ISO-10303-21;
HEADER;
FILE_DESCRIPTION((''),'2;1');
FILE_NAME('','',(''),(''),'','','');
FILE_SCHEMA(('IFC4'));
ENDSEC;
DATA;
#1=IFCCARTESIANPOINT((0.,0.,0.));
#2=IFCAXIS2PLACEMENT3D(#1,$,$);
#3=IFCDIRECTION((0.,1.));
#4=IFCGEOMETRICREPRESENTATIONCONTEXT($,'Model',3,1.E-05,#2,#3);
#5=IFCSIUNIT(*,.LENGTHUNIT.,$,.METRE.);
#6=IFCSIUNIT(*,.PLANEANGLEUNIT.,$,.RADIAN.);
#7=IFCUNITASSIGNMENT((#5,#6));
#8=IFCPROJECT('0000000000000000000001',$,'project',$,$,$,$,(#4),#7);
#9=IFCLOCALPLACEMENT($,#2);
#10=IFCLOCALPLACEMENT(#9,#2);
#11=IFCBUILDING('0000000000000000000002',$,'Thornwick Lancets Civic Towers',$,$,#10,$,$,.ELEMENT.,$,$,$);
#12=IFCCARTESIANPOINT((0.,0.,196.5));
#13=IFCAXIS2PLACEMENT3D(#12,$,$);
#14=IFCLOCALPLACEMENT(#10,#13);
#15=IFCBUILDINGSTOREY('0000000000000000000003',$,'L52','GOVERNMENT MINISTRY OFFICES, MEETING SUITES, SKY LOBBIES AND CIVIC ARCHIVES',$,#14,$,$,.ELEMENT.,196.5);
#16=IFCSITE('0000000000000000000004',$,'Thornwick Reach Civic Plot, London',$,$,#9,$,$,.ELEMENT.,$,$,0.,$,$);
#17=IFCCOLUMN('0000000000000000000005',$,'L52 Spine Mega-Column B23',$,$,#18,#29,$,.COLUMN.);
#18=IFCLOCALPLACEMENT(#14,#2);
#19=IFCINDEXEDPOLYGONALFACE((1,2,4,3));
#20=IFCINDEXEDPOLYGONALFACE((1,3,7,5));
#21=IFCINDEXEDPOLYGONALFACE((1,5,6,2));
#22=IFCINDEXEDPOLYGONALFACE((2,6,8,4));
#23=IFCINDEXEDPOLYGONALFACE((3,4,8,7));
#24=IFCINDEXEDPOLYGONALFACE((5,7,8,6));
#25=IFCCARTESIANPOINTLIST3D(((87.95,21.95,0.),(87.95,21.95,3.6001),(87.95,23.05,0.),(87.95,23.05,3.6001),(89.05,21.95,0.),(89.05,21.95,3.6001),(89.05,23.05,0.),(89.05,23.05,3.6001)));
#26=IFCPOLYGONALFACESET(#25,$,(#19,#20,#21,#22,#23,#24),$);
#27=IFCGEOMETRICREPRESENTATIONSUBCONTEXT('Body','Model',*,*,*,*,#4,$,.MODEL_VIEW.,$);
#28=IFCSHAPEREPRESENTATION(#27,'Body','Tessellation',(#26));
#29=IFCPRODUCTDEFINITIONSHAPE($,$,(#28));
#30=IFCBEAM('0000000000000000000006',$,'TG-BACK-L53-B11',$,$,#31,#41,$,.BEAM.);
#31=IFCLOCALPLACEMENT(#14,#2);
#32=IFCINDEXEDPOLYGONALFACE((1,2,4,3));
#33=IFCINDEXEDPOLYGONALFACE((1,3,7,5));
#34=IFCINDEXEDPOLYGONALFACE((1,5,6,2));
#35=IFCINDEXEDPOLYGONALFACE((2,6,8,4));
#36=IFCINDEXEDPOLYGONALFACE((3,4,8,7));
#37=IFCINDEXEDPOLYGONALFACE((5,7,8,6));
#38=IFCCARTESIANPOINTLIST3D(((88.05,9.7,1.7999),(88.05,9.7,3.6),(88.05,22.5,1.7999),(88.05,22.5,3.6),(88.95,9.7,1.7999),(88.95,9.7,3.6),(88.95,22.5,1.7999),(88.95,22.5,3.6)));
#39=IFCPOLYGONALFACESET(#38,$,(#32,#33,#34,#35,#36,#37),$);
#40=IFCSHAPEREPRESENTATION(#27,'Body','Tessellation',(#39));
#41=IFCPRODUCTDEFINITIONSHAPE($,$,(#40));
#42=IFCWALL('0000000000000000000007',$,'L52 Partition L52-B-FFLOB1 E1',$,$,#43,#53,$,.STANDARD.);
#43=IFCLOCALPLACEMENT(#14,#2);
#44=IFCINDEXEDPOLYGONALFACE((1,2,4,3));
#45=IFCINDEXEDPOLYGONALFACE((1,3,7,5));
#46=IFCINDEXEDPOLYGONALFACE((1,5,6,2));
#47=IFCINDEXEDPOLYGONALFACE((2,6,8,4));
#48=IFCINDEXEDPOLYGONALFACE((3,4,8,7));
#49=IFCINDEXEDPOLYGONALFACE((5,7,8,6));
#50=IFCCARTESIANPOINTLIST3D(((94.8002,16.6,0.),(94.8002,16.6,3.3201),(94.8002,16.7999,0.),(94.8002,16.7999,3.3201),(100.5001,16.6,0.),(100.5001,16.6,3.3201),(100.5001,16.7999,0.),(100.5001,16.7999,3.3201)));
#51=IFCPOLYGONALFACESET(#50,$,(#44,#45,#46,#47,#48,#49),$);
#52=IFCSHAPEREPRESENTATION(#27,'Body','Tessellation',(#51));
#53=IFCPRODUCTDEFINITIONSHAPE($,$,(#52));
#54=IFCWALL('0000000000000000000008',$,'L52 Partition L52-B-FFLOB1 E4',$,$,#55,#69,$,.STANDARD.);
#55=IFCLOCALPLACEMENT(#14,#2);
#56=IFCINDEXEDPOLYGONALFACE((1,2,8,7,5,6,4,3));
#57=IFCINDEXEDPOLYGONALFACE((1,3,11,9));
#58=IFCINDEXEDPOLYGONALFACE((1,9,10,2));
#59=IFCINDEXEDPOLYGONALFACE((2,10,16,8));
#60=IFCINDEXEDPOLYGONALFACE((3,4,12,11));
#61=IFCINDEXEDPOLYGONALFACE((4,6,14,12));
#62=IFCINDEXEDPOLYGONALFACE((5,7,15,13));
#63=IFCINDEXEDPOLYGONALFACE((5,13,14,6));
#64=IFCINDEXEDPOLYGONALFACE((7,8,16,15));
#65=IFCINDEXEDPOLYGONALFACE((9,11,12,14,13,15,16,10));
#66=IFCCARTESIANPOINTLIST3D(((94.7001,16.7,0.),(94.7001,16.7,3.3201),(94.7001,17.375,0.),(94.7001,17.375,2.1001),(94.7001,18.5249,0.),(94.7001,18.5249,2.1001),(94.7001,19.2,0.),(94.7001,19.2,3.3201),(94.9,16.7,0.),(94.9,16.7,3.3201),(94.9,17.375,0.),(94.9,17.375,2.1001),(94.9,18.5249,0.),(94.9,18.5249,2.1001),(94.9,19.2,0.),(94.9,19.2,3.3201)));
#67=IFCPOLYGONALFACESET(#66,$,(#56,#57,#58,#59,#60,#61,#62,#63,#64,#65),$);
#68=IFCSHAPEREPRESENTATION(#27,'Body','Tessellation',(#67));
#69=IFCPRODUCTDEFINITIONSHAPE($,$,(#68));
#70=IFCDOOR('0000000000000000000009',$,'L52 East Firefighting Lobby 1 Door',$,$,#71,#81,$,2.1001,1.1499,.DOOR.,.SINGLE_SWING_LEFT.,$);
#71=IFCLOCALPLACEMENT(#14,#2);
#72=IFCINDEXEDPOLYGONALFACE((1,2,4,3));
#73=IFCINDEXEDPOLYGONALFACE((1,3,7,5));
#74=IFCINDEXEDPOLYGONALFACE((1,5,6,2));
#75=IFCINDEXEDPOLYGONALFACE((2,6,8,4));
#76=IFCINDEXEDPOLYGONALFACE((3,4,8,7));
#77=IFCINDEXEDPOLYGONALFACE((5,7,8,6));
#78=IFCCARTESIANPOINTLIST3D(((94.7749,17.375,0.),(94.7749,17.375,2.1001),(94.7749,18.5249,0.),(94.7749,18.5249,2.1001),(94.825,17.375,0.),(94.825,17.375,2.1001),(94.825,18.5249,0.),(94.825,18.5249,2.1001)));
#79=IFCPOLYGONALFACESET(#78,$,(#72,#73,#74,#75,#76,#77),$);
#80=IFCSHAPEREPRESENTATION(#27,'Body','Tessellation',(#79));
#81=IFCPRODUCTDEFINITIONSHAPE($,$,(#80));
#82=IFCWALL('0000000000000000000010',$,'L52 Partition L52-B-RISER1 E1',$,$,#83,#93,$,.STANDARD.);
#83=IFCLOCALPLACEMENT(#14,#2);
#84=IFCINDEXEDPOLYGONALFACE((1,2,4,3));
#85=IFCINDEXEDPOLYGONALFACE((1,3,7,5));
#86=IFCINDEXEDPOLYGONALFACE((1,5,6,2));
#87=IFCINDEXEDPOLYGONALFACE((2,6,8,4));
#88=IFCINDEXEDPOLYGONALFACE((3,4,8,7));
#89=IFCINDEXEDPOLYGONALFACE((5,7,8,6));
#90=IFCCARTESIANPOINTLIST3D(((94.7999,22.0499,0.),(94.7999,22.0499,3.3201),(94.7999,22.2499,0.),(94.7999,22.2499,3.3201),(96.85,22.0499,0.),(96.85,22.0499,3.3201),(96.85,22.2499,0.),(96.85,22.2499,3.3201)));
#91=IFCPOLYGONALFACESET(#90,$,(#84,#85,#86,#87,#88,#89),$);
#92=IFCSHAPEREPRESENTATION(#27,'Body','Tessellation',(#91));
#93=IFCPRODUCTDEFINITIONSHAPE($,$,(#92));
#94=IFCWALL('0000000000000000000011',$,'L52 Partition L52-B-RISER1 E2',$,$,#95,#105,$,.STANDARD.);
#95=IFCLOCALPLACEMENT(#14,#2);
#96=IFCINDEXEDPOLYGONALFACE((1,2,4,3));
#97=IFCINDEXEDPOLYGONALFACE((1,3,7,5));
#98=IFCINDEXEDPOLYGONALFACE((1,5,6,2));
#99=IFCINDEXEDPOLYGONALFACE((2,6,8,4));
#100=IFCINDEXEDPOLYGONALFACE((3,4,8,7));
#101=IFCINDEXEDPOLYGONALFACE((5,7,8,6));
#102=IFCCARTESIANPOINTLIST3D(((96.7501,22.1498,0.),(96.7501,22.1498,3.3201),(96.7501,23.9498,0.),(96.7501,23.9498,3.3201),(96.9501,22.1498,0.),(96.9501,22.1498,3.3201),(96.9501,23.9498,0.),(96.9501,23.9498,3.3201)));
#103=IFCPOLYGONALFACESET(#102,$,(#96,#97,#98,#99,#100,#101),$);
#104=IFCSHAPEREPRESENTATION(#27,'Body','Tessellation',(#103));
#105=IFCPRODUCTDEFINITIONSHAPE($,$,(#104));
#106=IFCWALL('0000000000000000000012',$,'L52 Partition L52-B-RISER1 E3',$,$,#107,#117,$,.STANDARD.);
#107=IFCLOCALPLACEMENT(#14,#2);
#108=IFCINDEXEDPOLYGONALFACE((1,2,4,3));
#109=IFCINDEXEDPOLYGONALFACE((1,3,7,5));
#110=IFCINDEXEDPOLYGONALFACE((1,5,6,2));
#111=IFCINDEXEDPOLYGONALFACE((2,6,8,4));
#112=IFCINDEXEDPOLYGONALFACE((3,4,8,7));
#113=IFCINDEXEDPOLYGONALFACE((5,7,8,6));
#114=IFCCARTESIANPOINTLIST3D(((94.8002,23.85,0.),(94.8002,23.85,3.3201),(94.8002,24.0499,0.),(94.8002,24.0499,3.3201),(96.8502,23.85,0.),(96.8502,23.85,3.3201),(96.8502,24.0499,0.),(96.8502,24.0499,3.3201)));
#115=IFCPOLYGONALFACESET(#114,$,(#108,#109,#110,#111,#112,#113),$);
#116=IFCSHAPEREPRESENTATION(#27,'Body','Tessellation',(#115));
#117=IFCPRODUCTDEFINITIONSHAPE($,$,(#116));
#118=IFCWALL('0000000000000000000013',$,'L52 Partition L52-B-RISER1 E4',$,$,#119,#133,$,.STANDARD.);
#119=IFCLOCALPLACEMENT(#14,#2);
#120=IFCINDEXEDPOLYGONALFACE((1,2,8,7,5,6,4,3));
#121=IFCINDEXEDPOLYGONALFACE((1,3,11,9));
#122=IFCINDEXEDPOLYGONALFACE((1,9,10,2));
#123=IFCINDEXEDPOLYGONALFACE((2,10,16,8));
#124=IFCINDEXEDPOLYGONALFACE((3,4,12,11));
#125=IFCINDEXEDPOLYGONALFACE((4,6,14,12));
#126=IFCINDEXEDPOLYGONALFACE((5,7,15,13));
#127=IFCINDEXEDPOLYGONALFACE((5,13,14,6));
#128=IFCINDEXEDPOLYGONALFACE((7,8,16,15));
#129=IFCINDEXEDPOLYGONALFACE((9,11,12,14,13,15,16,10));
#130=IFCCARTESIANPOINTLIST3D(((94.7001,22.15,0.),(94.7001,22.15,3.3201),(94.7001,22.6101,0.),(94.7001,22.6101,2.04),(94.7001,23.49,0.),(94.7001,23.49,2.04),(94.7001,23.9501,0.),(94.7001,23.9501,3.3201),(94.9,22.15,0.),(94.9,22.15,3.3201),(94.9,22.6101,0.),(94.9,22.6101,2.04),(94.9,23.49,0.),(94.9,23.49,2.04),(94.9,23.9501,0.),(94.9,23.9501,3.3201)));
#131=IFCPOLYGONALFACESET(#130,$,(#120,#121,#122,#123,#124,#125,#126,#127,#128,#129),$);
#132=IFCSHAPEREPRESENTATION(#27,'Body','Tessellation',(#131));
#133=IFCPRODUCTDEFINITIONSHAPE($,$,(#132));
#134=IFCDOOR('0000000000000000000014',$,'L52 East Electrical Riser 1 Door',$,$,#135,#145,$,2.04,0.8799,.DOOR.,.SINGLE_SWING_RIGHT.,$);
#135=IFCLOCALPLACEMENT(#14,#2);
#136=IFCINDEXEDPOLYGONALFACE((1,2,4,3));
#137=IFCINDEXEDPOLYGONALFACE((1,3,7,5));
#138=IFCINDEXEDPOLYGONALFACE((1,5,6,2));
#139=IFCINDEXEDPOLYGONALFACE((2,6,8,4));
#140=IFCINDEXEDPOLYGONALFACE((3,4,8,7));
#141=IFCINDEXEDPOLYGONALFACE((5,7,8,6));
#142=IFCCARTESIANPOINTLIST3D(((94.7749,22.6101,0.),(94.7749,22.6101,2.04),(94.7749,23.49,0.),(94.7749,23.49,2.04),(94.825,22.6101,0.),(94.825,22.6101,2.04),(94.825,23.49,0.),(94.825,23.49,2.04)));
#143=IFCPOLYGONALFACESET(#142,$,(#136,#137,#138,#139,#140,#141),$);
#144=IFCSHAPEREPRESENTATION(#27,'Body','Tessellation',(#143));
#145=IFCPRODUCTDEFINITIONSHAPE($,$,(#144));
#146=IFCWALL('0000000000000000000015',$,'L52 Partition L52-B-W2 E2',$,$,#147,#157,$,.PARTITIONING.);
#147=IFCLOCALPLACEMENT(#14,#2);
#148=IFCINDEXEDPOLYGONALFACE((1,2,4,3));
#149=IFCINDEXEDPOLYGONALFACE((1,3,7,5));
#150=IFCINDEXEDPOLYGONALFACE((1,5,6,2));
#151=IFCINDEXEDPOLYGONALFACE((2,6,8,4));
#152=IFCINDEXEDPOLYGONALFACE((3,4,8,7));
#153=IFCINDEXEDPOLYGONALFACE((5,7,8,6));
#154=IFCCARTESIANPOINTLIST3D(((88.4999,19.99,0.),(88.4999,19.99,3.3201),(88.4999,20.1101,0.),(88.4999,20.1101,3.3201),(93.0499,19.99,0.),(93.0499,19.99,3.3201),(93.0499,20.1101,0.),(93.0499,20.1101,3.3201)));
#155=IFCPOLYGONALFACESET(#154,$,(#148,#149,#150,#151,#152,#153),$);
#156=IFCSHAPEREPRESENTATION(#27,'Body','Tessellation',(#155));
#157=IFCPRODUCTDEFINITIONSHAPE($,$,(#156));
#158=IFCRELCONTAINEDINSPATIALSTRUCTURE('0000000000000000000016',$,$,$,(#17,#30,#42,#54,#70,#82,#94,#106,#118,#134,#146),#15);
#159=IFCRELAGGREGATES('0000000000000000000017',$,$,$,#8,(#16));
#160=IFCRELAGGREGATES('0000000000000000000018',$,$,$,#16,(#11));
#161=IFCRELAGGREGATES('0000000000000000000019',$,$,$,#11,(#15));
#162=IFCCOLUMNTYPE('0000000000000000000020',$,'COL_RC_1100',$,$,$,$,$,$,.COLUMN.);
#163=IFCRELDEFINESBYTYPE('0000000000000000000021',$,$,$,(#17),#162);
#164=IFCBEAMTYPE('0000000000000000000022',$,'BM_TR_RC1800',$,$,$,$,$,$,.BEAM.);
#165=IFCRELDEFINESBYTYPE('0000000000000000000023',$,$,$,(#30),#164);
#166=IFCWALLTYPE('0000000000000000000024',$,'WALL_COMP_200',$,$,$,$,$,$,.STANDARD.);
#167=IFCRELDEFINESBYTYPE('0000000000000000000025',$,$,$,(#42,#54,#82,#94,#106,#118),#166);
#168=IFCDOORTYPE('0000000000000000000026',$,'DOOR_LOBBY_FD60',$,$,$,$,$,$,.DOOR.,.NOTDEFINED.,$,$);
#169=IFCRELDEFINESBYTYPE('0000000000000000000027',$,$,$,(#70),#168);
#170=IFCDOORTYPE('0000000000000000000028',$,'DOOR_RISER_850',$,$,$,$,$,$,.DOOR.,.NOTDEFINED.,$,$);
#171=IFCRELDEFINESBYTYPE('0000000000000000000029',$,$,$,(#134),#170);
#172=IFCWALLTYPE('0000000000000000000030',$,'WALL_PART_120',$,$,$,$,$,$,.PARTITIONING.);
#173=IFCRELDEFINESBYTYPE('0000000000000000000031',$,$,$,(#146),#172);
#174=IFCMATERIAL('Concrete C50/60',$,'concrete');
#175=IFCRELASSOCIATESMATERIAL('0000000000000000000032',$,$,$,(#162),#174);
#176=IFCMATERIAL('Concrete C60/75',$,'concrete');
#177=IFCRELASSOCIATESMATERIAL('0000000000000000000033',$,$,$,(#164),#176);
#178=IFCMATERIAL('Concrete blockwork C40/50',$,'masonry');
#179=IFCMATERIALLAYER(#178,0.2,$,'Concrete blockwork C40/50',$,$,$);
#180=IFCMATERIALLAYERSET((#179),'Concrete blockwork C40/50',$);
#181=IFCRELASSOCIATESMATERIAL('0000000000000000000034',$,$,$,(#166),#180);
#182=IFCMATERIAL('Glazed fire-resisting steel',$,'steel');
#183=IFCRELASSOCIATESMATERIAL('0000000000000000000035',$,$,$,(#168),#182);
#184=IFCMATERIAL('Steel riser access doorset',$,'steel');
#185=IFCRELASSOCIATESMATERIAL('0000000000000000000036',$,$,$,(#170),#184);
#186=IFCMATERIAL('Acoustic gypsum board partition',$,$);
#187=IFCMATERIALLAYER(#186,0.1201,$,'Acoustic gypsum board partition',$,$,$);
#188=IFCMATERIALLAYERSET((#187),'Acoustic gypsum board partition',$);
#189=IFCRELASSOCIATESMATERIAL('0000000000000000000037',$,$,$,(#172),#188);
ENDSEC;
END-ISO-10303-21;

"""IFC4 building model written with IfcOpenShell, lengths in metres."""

from ifc_helpers import new_model, si_unit, direction, frame, frame_2d, origin, origin_2d, place, context, subcontext, project, spatial, rectangle, extrude, material, layer, layer_set, material_profile, profile_set, type_object, element, fill, save


model = new_model("IFC4")

# Units and contexts
model_context = context("Model", 3, precision=1e-05, world=origin(), true_north=direction((0.0, 1.0)))
body_context = subcontext(model_context, "Body", "Model", "MODEL_VIEW")
ifc_project = project(units=[si_unit("LENGTHUNIT", "METRE"), si_unit("PLANEANGLEUNIT", "RADIAN")], contexts=[model_context])

# Site, building, storey
site_placement = place(None, origin())
site = spatial("IfcSite", under=ifc_project, at=site_placement, Name="Thornwick Reach Civic Plot, London", CompositionType="ELEMENT", RefElevation=0.0)
building_placement = place(site_placement, origin())
building = spatial("IfcBuilding", under=site, at=building_placement, Name="Thornwick Lancets Civic Towers", CompositionType="ELEMENT")
storey_placement = place(building_placement, frame((0.0, 0.0, 196.5)))
storey = spatial("IfcBuildingStorey", under=building, at=storey_placement, Name="L52", Description="GOVERNMENT MINISTRY OFFICES, MEETING SUITES, SKY LOBBIES AND CIVIC ARCHIVES", CompositionType="ELEMENT", Elevation=196.5)

# Column
ifc_material_1 = material(Name="Concrete C50/60", Category="concrete")
ifc_material_profile_1 = material_profile(ifc_material_1, rectangle(XDim=1.1001, YDim=1.1001, at=origin_2d()), Name="RC 1100x1100")
ifc_profile_set_1 = profile_set([ifc_material_profile_1], Name="Concrete C50/60")
column_type = type_object("IfcColumnType", Name="COL_RC_1100", PredefinedType="COLUMN", material=ifc_profile_set_1)
column_placement = place(storey_placement, frame((88.5, 22.5, 0.0), z_axis=(0.0, 0.0, 1.0), x_axis=(1.0, 0.0, 0.0)))
element("IfcColumn", 1, at=column_placement, inside=storey, type_object=column_type, Name="L52 Spine Mega-Column B23", PredefinedType="COLUMN", context=body_context, shape_type="SweptSolid", body=[
    extrude(rectangle(XDim=1.1001, YDim=1.1001, at=origin_2d()), origin(), (0.0, 0.0, 1.0), 3.6001),
])

# Beam
ifc_material_2 = material(Name="Concrete C60/75", Category="concrete")
ifc_material_profile_2 = material_profile(ifc_material_2, rectangle(XDim=0.8999, YDim=1.8, at=origin_2d()), Name="RC 900x1800")
ifc_profile_set_2 = profile_set([ifc_material_profile_2], Name="Concrete C60/75")
beam_type = type_object("IfcBeamType", Name="BM_TR_RC1800", PredefinedType="BEAM", material=ifc_profile_set_2)
beam_placement = place(storey_placement, frame((88.5, 22.5, 2.7), z_axis=(0.0, -1.0, 0.0), x_axis=(1.0, 0.0, 0.0)))
element("IfcBeam", 2, at=beam_placement, inside=storey, type_object=beam_type, Name="TG-BACK-L53-B11", PredefinedType="BEAM", context=body_context, shape_type="SweptSolid", body=[
    extrude(rectangle(XDim=0.8999, YDim=1.8, at=origin_2d()), origin(), (0.0, 0.0, 1.0), 12.8),
])

# Wall
ifc_material_3 = material(Name="Concrete blockwork C40/50", Category="masonry")
ifc_layer_1 = layer(ifc_material_3, 0.2, Name="Concrete blockwork C40/50")
ifc_layer_set_1 = layer_set([ifc_layer_1], Name="Concrete blockwork C40/50")
wall_type_1 = type_object("IfcWallType", Name="WALL_COMP_200", PredefinedType="STANDARD", material=ifc_layer_set_1)
wall_1_placement = place(storey_placement, frame((94.8, 16.7, 0.0), z_axis=(0.0, 0.0, 1.0), x_axis=(1.0, 0.0, 0.0)))
element("IfcWall", 3, at=wall_1_placement, inside=storey, type_object=wall_type_1, Name="L52 Partition L52-B-FFLOB1 E1", PredefinedType="STANDARD", context=body_context, shape_type="SweptSolid", body=[
    extrude(rectangle(XDim=5.7, YDim=0.2, at=frame_2d((2.8501, 0.0))), origin(), (0.0, 0.0, 1.0), 3.3201),
])

# Wall, opening, door
wall_2_placement = place(storey_placement, frame((94.8, 19.2, 0.0), z_axis=(0.0, 0.0, 1.0), x_axis=(0.0, -1.0, 0.0)))
wall_2 = element("IfcWall", 4, at=wall_2_placement, inside=storey, type_object=wall_type_1, Name="L52 Partition L52-B-FFLOB1 E4", PredefinedType="STANDARD", context=body_context, shape_type="SweptSolid", body=[
    extrude(rectangle(XDim=2.5, YDim=0.2, at=frame_2d((1.25, 0.0))), origin(), (0.0, 0.0, 1.0), 3.3201),
])
opening_1_placement = place(wall_2_placement, frame((0.675, 0.0, 0.0)))
opening_1 = element("IfcOpeningElement", 5, at=opening_1_placement, cuts=wall_2, PredefinedType="OPENING", context=body_context, shape_type="SweptSolid", body=[
    extrude(rectangle(XDim=1.1499, YDim=2.1001, at=frame_2d((0.575, 1.05))), frame((0.0, 0.1099, 0.0), z_axis=(0.0, -1.0, 0.0), x_axis=(1.0, 0.0, 0.0)), (0.0, 0.0, 1.0), 0.22),
])
ifc_material_4 = material(Name="Glazed fire-resisting steel", Category="steel")
door_type_1 = type_object("IfcDoorType", Name="DOOR_LOBBY_FD60", OperationType="NOTDEFINED", PredefinedType="DOOR", material=ifc_material_4)
door_1_placement = place(opening_1_placement, origin())
door_1 = element("IfcDoor", 6, at=door_1_placement, inside=storey, type_object=door_type_1, Name="L52 East Firefighting Lobby 1 Door", OperationType="SINGLE_SWING_LEFT", OverallHeight=2.1001, OverallWidth=1.1499, PredefinedType="DOOR", context=body_context, shape_type="SweptSolid", body=[
    extrude(rectangle(XDim=1.1499, YDim=2.1001, at=frame_2d((0.575, 1.05))), frame((0.0, 0.0249, 0.0), z_axis=(0.0, -1.0, 0.0), x_axis=(1.0, 0.0, 0.0)), (0.0, 0.0, 1.0), 0.05),
])
fill(opening_1, door_1)

# Walls
wall_3_placement = place(storey_placement, frame((94.8, 22.1499, 0.0), z_axis=(0.0, 0.0, 1.0), x_axis=(1.0, 0.0, 0.0)))
element("IfcWall", 7, at=wall_3_placement, inside=storey, type_object=wall_type_1, Name="L52 Partition L52-B-RISER1 E1", PredefinedType="STANDARD", context=body_context, shape_type="SweptSolid", body=[
    extrude(rectangle(XDim=2.05, YDim=0.2, at=frame_2d((1.0249, 0.0))), origin(), (0.0, 0.0, 1.0), 3.3201),
])
wall_4_placement = place(storey_placement, frame((96.8501, 22.1499, 0.0), z_axis=(0.0, 0.0, 1.0), x_axis=(0.0, 1.0, 0.0)))
element("IfcWall", 8, at=wall_4_placement, inside=storey, type_object=wall_type_1, Name="L52 Partition L52-B-RISER1 E2", PredefinedType="STANDARD", context=body_context, shape_type="SweptSolid", body=[
    extrude(rectangle(XDim=1.8, YDim=0.2, at=frame_2d((0.8999, 0.0))), origin(), (0.0, 0.0, 1.0), 3.3201),
])
wall_5_placement = place(storey_placement, frame((96.8501, 23.95, 0.0), z_axis=(0.0, 0.0, 1.0), x_axis=(-1.0, 0.0, 0.0)))
element("IfcWall", 9, at=wall_5_placement, inside=storey, type_object=wall_type_1, Name="L52 Partition L52-B-RISER1 E3", PredefinedType="STANDARD", context=body_context, shape_type="SweptSolid", body=[
    extrude(rectangle(XDim=2.05, YDim=0.2, at=frame_2d((1.0249, 0.0))), origin(), (0.0, 0.0, 1.0), 3.3201),
])

# Wall, opening, door
wall_6_placement = place(storey_placement, frame((94.8, 23.95, 0.0), z_axis=(0.0, 0.0, 1.0), x_axis=(0.0, -1.0, 0.0)))
wall_6 = element("IfcWall", 10, at=wall_6_placement, inside=storey, type_object=wall_type_1, Name="L52 Partition L52-B-RISER1 E4", PredefinedType="STANDARD", context=body_context, shape_type="SweptSolid", body=[
    extrude(rectangle(XDim=1.8, YDim=0.2, at=frame_2d((0.8999, 0.0))), origin(), (0.0, 0.0, 1.0), 3.3201),
])
opening_2_placement = place(wall_6_placement, frame((0.46, 0.0, 0.0)))
opening_2 = element("IfcOpeningElement", 11, at=opening_2_placement, cuts=wall_6, PredefinedType="OPENING", context=body_context, shape_type="SweptSolid", body=[
    extrude(rectangle(XDim=0.8799, YDim=2.04, at=frame_2d((0.4399, 1.02))), frame((0.0, 0.1099, 0.0), z_axis=(0.0, -1.0, 0.0), x_axis=(1.0, 0.0, 0.0)), (0.0, 0.0, 1.0), 0.22),
])
ifc_material_5 = material(Name="Steel riser access doorset", Category="steel")
door_type_2 = type_object("IfcDoorType", Name="DOOR_RISER_850", OperationType="NOTDEFINED", PredefinedType="DOOR", material=ifc_material_5)
door_2_placement = place(opening_2_placement, origin())
door_2 = element("IfcDoor", 12, at=door_2_placement, inside=storey, type_object=door_type_2, Name="L52 East Electrical Riser 1 Door", OperationType="SINGLE_SWING_RIGHT", OverallHeight=2.04, OverallWidth=0.8799, PredefinedType="DOOR", context=body_context, shape_type="SweptSolid", body=[
    extrude(rectangle(XDim=0.8799, YDim=2.04, at=frame_2d((0.4399, 1.02))), frame((0.0, 0.0249, 0.0), z_axis=(0.0, -1.0, 0.0), x_axis=(1.0, 0.0, 0.0)), (0.0, 0.0, 1.0), 0.05),
])
fill(opening_2, door_2)

# Wall
ifc_material_6 = material(Name="Acoustic gypsum board partition")
ifc_layer_2 = layer(ifc_material_6, 0.1201, Name="Acoustic gypsum board partition")
ifc_layer_set_2 = layer_set([ifc_layer_2], Name="Acoustic gypsum board partition")
wall_type_2 = type_object("IfcWallType", Name="WALL_PART_120", PredefinedType="PARTITIONING", material=ifc_layer_set_2)
wall_7_placement = place(storey_placement, frame((88.5, 20.05, 0.0), z_axis=(0.0, 0.0, 1.0), x_axis=(1.0, 0.0, 0.0)))
element("IfcWall", 13, at=wall_7_placement, inside=storey, type_object=wall_type_2, Name="L52 Partition L52-B-W2 E2", PredefinedType="PARTITIONING", context=body_context, shape_type="SweptSolid", body=[
    extrude(rectangle(XDim=4.55, YDim=0.1201, at=frame_2d((2.2749, 0.0))), origin(), (0.0, 0.0, 1.0), 3.3201),
])

save(model, "model.ifc")
